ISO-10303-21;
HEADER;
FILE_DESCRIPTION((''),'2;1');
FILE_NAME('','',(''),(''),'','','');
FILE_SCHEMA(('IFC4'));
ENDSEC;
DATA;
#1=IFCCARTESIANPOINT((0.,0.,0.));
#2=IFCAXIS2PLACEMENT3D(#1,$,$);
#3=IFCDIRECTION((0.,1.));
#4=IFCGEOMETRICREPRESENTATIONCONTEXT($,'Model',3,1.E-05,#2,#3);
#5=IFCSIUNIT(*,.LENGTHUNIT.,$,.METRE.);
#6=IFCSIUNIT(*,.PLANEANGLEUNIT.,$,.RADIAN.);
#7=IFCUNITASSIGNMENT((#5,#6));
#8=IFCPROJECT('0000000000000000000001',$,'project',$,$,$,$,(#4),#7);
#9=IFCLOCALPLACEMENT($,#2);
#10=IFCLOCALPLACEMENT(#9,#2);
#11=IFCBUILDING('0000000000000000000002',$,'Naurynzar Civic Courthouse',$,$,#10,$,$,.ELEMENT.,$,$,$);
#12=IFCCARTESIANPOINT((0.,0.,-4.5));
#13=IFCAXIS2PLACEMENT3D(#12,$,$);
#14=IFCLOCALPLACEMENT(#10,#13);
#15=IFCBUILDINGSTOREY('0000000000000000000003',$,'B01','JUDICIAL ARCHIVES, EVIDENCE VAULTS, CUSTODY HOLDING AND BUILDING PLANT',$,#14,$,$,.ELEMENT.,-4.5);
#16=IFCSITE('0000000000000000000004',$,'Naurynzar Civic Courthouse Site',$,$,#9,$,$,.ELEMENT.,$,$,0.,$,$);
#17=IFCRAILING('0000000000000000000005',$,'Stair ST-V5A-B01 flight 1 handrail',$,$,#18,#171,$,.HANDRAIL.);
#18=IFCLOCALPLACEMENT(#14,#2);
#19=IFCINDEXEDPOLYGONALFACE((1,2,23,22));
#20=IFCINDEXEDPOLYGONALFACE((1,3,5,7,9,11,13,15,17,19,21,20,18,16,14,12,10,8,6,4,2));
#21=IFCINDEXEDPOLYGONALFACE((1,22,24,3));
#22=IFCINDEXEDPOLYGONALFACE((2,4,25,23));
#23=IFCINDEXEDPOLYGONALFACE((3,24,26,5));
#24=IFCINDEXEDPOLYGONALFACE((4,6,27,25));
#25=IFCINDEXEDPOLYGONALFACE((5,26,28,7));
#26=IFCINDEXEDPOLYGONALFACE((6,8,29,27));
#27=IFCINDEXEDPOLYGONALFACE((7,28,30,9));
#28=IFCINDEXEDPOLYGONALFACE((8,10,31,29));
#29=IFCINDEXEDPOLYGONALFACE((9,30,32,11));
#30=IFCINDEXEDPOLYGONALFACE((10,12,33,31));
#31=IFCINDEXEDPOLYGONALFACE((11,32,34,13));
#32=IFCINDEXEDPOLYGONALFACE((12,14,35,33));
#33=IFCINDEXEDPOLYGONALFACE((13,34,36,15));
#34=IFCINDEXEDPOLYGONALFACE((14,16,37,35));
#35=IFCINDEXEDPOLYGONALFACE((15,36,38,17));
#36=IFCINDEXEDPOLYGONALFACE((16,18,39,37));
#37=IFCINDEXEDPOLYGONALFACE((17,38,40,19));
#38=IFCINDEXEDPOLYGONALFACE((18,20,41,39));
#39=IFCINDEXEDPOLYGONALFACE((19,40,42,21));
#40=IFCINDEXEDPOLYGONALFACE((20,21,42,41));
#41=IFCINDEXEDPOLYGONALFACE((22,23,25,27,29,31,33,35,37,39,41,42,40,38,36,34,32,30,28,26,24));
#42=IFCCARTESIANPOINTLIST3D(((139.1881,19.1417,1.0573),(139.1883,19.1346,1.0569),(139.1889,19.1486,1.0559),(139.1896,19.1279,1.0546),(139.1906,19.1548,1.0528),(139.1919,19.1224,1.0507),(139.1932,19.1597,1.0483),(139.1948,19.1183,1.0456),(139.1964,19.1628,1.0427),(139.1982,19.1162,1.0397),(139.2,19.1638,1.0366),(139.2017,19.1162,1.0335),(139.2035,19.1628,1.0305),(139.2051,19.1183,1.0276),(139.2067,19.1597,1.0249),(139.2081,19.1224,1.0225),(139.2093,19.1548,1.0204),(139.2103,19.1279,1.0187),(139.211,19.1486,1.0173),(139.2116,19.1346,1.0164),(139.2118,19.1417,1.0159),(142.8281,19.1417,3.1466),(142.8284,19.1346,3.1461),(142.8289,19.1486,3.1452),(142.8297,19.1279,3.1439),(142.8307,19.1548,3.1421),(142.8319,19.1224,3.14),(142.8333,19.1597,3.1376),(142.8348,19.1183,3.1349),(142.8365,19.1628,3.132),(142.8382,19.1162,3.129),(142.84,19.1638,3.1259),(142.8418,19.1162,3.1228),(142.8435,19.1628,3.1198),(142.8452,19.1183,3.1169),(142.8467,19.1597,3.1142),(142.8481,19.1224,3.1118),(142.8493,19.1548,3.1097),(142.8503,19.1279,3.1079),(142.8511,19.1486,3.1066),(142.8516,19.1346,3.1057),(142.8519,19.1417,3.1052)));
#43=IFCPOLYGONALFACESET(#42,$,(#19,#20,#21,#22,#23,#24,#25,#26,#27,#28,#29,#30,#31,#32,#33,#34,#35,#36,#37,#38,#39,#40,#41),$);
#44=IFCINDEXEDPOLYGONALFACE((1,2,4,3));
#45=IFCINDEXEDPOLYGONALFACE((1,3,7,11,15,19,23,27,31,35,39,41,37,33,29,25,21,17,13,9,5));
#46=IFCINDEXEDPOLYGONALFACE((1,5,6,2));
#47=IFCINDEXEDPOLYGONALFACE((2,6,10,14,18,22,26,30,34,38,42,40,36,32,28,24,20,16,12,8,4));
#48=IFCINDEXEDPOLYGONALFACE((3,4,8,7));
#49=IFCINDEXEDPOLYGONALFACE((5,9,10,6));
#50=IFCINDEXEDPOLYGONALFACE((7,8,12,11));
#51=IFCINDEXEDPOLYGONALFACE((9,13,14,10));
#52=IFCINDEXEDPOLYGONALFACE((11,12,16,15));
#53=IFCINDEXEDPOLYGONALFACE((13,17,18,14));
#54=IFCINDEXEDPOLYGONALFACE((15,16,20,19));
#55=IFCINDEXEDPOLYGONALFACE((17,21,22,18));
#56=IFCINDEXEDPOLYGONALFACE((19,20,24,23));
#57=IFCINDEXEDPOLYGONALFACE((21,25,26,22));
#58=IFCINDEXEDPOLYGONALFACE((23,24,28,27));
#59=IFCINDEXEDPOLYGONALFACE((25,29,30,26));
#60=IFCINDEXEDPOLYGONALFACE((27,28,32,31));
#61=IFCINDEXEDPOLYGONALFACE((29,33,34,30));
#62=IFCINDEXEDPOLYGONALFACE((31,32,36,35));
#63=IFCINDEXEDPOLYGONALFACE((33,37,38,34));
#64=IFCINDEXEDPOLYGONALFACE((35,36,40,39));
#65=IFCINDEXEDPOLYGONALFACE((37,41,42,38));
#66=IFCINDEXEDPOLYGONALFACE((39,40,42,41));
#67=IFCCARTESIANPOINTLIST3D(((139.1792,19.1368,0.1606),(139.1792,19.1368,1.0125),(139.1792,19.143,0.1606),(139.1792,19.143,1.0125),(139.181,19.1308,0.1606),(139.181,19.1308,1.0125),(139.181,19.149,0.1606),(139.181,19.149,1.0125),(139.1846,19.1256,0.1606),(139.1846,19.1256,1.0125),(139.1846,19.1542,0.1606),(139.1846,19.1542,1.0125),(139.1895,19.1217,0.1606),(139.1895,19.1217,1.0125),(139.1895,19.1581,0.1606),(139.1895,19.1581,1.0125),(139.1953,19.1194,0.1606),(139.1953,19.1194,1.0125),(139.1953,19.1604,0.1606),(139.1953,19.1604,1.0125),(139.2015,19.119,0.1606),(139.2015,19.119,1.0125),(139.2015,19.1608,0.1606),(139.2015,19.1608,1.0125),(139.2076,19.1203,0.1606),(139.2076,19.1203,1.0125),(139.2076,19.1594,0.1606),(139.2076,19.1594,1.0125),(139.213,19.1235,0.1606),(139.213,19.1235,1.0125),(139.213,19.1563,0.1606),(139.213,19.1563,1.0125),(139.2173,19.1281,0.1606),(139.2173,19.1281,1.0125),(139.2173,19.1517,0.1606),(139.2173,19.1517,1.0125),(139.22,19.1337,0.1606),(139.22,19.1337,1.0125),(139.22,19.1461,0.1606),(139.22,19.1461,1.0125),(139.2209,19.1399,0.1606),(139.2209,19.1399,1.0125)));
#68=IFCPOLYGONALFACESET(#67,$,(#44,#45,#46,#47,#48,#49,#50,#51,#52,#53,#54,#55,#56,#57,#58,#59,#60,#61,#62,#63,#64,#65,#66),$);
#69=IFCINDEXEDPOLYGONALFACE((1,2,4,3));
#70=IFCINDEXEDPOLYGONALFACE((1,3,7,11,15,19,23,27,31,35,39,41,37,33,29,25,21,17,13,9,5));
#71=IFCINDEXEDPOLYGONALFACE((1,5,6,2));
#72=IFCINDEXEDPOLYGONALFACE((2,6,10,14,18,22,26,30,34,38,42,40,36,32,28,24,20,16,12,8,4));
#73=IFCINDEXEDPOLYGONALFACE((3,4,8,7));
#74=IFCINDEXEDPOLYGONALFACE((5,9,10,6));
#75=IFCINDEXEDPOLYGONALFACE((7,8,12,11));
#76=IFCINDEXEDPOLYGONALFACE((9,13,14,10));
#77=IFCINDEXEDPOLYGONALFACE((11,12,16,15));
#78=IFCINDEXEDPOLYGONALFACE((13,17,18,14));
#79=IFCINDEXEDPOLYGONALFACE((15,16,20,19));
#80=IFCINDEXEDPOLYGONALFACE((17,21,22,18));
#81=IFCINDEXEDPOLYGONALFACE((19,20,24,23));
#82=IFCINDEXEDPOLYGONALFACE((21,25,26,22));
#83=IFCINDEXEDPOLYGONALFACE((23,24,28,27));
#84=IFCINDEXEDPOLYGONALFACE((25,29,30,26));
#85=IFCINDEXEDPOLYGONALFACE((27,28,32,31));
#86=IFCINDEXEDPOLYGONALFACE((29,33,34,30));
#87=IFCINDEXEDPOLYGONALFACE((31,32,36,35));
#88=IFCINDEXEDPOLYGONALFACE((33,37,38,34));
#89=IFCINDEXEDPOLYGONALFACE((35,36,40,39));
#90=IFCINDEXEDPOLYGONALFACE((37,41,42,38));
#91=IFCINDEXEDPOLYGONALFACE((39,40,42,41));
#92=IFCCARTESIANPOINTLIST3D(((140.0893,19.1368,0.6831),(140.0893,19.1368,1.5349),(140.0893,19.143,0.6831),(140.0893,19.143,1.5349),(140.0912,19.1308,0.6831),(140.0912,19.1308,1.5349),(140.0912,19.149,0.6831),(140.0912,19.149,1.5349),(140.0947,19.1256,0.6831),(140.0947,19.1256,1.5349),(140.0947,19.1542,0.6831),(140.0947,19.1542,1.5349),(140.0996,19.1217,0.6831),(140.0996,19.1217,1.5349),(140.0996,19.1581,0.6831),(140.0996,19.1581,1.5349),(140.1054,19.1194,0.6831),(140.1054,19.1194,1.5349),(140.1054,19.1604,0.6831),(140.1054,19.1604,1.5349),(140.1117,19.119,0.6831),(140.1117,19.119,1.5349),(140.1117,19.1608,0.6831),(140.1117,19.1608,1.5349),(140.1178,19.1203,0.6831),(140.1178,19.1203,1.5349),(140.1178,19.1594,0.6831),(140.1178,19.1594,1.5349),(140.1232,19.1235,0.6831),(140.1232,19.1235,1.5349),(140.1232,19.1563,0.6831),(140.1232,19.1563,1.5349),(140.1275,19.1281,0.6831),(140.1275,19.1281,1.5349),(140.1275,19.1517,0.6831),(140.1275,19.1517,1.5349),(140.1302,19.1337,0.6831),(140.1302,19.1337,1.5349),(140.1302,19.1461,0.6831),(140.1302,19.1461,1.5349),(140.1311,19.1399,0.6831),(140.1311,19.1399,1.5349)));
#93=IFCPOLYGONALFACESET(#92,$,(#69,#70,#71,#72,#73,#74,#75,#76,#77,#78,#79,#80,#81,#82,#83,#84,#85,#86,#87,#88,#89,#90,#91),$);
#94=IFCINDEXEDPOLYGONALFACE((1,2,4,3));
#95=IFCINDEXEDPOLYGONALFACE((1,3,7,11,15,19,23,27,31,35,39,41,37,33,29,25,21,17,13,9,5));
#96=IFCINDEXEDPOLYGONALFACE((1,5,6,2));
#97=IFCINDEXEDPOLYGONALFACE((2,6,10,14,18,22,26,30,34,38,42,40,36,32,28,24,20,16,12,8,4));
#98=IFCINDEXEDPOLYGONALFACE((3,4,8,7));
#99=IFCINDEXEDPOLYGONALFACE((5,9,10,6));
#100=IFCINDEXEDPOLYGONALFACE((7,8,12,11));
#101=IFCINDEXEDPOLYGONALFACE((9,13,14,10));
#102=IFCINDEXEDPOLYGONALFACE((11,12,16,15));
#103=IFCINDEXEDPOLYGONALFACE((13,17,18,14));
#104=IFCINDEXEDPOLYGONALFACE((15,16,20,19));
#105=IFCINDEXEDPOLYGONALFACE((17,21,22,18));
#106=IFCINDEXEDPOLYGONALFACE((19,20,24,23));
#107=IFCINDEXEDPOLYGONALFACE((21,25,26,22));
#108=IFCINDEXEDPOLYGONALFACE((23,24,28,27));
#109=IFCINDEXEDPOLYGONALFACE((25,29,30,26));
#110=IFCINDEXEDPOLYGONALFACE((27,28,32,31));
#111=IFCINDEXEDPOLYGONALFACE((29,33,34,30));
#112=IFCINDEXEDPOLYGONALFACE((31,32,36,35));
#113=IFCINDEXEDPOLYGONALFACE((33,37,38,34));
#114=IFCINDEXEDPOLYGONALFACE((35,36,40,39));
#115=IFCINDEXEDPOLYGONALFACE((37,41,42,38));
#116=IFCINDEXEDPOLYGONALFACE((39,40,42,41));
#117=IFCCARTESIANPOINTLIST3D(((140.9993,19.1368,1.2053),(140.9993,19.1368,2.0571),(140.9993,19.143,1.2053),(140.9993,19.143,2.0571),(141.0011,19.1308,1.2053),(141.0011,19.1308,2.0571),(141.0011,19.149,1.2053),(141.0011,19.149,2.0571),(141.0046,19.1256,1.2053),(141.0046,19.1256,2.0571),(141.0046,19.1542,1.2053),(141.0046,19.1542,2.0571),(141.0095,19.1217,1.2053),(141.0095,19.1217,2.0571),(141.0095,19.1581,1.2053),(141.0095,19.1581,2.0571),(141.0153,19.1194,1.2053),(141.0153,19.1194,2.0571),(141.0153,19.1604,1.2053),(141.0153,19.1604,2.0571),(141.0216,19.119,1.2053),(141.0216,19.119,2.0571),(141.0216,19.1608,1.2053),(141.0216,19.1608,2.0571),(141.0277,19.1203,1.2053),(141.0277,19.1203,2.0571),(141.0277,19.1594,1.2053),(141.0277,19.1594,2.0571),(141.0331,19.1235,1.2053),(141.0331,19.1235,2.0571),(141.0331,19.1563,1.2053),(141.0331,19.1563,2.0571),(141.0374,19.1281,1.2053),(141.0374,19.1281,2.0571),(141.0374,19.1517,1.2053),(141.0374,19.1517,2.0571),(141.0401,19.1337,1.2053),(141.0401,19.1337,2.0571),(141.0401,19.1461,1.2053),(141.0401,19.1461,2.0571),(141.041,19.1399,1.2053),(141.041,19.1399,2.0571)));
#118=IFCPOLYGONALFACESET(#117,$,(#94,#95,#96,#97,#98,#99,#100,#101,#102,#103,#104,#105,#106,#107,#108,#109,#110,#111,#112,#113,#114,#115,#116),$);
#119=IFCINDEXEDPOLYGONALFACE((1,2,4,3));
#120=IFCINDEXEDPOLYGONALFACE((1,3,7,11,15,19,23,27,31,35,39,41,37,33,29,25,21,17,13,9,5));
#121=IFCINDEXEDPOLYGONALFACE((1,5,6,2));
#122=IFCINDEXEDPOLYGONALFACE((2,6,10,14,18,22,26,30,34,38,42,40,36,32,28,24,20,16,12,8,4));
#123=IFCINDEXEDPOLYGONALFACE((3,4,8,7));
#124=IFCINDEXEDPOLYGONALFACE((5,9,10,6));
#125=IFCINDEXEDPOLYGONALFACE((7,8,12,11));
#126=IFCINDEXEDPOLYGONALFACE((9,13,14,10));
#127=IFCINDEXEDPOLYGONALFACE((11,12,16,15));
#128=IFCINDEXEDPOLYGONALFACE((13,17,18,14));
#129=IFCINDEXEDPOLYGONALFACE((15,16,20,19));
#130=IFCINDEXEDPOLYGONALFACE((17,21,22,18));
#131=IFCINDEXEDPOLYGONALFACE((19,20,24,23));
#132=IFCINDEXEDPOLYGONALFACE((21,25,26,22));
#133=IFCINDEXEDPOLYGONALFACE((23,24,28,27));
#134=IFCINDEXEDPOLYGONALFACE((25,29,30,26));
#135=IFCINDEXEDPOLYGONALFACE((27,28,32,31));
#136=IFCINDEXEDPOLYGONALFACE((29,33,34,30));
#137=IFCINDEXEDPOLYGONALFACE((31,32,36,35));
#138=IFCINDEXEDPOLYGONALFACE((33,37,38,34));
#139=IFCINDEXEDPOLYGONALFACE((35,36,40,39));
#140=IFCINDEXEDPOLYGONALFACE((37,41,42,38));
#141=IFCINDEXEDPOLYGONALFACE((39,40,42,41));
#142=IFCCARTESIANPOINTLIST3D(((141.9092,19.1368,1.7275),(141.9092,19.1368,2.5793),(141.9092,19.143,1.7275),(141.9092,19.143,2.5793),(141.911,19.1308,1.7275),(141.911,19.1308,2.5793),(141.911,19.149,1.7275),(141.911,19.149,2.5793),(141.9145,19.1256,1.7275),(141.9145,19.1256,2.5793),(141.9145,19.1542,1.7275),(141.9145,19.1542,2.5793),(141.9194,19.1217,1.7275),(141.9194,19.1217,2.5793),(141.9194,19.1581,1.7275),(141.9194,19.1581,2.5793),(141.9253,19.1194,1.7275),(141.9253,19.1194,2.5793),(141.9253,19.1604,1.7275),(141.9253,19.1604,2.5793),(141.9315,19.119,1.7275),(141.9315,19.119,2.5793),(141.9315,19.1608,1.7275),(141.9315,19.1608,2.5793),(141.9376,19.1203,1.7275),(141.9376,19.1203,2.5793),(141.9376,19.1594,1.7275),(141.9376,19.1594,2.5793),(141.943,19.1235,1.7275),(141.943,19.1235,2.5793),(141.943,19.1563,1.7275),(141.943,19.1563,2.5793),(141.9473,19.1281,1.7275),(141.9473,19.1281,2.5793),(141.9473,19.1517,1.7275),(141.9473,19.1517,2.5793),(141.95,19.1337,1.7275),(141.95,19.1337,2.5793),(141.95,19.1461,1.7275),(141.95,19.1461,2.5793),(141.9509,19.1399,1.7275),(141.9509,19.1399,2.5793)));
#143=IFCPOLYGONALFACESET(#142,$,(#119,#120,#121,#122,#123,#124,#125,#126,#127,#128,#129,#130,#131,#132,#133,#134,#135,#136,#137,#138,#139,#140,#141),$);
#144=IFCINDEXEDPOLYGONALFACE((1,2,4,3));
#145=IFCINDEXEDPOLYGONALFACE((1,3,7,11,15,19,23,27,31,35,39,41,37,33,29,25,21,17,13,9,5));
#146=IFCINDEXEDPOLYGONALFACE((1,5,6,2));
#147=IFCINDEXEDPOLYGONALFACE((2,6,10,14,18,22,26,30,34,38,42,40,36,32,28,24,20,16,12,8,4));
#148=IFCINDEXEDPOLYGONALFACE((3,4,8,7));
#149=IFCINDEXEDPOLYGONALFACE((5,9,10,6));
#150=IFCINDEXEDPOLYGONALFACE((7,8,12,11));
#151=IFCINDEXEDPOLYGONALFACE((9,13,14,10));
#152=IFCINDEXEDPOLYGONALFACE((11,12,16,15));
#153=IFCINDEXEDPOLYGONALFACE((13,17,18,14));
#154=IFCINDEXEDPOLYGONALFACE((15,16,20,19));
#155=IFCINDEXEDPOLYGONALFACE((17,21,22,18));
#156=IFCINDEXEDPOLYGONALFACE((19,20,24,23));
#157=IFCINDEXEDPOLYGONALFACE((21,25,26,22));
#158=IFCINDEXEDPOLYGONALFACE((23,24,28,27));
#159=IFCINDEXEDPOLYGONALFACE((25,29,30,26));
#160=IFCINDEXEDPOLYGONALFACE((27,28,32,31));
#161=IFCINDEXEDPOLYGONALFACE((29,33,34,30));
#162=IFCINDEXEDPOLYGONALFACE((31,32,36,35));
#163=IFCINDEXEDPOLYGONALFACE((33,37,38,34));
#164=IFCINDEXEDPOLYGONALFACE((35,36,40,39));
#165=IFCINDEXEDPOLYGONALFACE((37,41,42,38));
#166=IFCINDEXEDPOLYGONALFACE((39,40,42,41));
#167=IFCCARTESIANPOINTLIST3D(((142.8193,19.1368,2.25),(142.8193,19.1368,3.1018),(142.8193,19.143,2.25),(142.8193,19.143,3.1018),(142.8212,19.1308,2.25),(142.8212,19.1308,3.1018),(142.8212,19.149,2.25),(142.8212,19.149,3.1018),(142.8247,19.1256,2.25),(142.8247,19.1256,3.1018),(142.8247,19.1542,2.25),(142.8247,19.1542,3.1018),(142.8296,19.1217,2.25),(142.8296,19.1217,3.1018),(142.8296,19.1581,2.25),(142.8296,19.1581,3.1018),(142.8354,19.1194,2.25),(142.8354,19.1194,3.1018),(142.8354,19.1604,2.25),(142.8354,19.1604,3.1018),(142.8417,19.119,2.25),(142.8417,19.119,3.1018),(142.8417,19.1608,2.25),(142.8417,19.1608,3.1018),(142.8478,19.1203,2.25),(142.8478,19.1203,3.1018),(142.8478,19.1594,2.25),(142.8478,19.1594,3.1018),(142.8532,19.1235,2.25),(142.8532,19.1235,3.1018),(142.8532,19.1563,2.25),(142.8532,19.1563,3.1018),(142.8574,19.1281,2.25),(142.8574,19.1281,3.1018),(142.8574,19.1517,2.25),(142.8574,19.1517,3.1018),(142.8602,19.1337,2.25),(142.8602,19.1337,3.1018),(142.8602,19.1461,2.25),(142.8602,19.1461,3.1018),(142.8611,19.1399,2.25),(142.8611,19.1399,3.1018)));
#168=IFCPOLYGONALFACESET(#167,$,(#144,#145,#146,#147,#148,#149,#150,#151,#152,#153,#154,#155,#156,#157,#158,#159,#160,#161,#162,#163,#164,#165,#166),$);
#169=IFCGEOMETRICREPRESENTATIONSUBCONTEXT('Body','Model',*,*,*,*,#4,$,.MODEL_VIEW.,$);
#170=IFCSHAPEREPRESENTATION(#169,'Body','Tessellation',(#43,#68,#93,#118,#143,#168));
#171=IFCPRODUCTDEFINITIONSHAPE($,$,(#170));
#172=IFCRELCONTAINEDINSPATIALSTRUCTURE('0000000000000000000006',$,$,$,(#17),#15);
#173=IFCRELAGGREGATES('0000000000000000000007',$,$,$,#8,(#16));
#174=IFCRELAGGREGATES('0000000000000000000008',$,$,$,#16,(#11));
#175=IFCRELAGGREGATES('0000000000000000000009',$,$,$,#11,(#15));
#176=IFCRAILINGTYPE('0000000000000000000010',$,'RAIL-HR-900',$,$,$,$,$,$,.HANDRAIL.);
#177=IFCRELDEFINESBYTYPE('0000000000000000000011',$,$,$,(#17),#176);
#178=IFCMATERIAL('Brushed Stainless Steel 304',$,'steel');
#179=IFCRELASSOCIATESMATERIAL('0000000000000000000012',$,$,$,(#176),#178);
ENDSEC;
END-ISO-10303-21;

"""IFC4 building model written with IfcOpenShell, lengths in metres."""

from ifc_helpers import new_model, si_unit, direction, frame, origin, origin_2d, place, context, subcontext, project, spatial, circle, extrude, material, type_object, element, save


model = new_model("IFC4")

# Units and contexts
model_context = context("Model", 3, precision=1e-05, world=origin(), true_north=direction((0.0, 1.0)))
body_context = subcontext(model_context, "Body", "Model", "MODEL_VIEW")
ifc_project = project(units=[si_unit("LENGTHUNIT", "METRE"), si_unit("PLANEANGLEUNIT", "RADIAN")], contexts=[model_context])

# Site, building, storey
site_placement = place(None, origin())
site = spatial("IfcSite", under=ifc_project, at=site_placement, Name="Naurynzar Civic Courthouse Site", CompositionType="ELEMENT", RefElevation=0.0)
building_placement = place(site_placement, origin())
building = spatial("IfcBuilding", under=site, at=building_placement, Name="Naurynzar Civic Courthouse", CompositionType="ELEMENT")
storey_placement = place(building_placement, frame((0.0, 0.0, -4.5)))
storey = spatial("IfcBuildingStorey", under=building, at=storey_placement, Name="B01", Description="JUDICIAL ARCHIVES, EVIDENCE VAULTS, CUSTODY HOLDING AND BUILDING PLANT", CompositionType="ELEMENT", Elevation=-4.5)

# Railing
ifc_material_1 = material(Name="Brushed Stainless Steel 304", Category="steel")
railing_type_1 = type_object("IfcRailingType", Name="RAIL-HR-900", PredefinedType="HANDRAIL", material=ifc_material_1)
railing_1_placement = place(storey_placement, frame((139.2, 19.1399, 0.1606)))
element("IfcRailing", 1, at=railing_1_placement, inside=storey, type_object=railing_type_1, Name="Stair ST-V5A-B01 flight 1 handrail", PredefinedType="HANDRAIL", context=body_context, shape_type="SweptSolid", body=[
    extrude(circle(Radius=0.0239, at=origin_2d()), frame((0.0, 0.0, 0.876), z_axis=(0.867289, 0.0, 0.497804), x_axis=(0.0, 1.0, 0.0)), (0.0, 0.0, 1.0), 4.197),
    extrude(circle(Radius=0.021, at=origin_2d()), origin(), (0.0, 0.0, 1.0), 0.8518),
    extrude(circle(Radius=0.021, at=origin_2d()), frame((0.9102, 0.0, 0.5225)), (0.0, 0.0, 1.0), 0.8518),
    extrude(circle(Radius=0.021, at=origin_2d()), frame((1.8201, 0.0, 1.0447)), (0.0, 0.0, 1.0), 0.8518),
    extrude(circle(Radius=0.021, at=origin_2d()), frame((2.73, 0.0, 1.5669)), (0.0, 0.0, 1.0), 0.8518),
    extrude(circle(Radius=0.021, at=origin_2d()), frame((3.6401, 0.0, 2.0894)), (0.0, 0.0, 1.0), 0.8518),
])

save(model, "model.ifc")
